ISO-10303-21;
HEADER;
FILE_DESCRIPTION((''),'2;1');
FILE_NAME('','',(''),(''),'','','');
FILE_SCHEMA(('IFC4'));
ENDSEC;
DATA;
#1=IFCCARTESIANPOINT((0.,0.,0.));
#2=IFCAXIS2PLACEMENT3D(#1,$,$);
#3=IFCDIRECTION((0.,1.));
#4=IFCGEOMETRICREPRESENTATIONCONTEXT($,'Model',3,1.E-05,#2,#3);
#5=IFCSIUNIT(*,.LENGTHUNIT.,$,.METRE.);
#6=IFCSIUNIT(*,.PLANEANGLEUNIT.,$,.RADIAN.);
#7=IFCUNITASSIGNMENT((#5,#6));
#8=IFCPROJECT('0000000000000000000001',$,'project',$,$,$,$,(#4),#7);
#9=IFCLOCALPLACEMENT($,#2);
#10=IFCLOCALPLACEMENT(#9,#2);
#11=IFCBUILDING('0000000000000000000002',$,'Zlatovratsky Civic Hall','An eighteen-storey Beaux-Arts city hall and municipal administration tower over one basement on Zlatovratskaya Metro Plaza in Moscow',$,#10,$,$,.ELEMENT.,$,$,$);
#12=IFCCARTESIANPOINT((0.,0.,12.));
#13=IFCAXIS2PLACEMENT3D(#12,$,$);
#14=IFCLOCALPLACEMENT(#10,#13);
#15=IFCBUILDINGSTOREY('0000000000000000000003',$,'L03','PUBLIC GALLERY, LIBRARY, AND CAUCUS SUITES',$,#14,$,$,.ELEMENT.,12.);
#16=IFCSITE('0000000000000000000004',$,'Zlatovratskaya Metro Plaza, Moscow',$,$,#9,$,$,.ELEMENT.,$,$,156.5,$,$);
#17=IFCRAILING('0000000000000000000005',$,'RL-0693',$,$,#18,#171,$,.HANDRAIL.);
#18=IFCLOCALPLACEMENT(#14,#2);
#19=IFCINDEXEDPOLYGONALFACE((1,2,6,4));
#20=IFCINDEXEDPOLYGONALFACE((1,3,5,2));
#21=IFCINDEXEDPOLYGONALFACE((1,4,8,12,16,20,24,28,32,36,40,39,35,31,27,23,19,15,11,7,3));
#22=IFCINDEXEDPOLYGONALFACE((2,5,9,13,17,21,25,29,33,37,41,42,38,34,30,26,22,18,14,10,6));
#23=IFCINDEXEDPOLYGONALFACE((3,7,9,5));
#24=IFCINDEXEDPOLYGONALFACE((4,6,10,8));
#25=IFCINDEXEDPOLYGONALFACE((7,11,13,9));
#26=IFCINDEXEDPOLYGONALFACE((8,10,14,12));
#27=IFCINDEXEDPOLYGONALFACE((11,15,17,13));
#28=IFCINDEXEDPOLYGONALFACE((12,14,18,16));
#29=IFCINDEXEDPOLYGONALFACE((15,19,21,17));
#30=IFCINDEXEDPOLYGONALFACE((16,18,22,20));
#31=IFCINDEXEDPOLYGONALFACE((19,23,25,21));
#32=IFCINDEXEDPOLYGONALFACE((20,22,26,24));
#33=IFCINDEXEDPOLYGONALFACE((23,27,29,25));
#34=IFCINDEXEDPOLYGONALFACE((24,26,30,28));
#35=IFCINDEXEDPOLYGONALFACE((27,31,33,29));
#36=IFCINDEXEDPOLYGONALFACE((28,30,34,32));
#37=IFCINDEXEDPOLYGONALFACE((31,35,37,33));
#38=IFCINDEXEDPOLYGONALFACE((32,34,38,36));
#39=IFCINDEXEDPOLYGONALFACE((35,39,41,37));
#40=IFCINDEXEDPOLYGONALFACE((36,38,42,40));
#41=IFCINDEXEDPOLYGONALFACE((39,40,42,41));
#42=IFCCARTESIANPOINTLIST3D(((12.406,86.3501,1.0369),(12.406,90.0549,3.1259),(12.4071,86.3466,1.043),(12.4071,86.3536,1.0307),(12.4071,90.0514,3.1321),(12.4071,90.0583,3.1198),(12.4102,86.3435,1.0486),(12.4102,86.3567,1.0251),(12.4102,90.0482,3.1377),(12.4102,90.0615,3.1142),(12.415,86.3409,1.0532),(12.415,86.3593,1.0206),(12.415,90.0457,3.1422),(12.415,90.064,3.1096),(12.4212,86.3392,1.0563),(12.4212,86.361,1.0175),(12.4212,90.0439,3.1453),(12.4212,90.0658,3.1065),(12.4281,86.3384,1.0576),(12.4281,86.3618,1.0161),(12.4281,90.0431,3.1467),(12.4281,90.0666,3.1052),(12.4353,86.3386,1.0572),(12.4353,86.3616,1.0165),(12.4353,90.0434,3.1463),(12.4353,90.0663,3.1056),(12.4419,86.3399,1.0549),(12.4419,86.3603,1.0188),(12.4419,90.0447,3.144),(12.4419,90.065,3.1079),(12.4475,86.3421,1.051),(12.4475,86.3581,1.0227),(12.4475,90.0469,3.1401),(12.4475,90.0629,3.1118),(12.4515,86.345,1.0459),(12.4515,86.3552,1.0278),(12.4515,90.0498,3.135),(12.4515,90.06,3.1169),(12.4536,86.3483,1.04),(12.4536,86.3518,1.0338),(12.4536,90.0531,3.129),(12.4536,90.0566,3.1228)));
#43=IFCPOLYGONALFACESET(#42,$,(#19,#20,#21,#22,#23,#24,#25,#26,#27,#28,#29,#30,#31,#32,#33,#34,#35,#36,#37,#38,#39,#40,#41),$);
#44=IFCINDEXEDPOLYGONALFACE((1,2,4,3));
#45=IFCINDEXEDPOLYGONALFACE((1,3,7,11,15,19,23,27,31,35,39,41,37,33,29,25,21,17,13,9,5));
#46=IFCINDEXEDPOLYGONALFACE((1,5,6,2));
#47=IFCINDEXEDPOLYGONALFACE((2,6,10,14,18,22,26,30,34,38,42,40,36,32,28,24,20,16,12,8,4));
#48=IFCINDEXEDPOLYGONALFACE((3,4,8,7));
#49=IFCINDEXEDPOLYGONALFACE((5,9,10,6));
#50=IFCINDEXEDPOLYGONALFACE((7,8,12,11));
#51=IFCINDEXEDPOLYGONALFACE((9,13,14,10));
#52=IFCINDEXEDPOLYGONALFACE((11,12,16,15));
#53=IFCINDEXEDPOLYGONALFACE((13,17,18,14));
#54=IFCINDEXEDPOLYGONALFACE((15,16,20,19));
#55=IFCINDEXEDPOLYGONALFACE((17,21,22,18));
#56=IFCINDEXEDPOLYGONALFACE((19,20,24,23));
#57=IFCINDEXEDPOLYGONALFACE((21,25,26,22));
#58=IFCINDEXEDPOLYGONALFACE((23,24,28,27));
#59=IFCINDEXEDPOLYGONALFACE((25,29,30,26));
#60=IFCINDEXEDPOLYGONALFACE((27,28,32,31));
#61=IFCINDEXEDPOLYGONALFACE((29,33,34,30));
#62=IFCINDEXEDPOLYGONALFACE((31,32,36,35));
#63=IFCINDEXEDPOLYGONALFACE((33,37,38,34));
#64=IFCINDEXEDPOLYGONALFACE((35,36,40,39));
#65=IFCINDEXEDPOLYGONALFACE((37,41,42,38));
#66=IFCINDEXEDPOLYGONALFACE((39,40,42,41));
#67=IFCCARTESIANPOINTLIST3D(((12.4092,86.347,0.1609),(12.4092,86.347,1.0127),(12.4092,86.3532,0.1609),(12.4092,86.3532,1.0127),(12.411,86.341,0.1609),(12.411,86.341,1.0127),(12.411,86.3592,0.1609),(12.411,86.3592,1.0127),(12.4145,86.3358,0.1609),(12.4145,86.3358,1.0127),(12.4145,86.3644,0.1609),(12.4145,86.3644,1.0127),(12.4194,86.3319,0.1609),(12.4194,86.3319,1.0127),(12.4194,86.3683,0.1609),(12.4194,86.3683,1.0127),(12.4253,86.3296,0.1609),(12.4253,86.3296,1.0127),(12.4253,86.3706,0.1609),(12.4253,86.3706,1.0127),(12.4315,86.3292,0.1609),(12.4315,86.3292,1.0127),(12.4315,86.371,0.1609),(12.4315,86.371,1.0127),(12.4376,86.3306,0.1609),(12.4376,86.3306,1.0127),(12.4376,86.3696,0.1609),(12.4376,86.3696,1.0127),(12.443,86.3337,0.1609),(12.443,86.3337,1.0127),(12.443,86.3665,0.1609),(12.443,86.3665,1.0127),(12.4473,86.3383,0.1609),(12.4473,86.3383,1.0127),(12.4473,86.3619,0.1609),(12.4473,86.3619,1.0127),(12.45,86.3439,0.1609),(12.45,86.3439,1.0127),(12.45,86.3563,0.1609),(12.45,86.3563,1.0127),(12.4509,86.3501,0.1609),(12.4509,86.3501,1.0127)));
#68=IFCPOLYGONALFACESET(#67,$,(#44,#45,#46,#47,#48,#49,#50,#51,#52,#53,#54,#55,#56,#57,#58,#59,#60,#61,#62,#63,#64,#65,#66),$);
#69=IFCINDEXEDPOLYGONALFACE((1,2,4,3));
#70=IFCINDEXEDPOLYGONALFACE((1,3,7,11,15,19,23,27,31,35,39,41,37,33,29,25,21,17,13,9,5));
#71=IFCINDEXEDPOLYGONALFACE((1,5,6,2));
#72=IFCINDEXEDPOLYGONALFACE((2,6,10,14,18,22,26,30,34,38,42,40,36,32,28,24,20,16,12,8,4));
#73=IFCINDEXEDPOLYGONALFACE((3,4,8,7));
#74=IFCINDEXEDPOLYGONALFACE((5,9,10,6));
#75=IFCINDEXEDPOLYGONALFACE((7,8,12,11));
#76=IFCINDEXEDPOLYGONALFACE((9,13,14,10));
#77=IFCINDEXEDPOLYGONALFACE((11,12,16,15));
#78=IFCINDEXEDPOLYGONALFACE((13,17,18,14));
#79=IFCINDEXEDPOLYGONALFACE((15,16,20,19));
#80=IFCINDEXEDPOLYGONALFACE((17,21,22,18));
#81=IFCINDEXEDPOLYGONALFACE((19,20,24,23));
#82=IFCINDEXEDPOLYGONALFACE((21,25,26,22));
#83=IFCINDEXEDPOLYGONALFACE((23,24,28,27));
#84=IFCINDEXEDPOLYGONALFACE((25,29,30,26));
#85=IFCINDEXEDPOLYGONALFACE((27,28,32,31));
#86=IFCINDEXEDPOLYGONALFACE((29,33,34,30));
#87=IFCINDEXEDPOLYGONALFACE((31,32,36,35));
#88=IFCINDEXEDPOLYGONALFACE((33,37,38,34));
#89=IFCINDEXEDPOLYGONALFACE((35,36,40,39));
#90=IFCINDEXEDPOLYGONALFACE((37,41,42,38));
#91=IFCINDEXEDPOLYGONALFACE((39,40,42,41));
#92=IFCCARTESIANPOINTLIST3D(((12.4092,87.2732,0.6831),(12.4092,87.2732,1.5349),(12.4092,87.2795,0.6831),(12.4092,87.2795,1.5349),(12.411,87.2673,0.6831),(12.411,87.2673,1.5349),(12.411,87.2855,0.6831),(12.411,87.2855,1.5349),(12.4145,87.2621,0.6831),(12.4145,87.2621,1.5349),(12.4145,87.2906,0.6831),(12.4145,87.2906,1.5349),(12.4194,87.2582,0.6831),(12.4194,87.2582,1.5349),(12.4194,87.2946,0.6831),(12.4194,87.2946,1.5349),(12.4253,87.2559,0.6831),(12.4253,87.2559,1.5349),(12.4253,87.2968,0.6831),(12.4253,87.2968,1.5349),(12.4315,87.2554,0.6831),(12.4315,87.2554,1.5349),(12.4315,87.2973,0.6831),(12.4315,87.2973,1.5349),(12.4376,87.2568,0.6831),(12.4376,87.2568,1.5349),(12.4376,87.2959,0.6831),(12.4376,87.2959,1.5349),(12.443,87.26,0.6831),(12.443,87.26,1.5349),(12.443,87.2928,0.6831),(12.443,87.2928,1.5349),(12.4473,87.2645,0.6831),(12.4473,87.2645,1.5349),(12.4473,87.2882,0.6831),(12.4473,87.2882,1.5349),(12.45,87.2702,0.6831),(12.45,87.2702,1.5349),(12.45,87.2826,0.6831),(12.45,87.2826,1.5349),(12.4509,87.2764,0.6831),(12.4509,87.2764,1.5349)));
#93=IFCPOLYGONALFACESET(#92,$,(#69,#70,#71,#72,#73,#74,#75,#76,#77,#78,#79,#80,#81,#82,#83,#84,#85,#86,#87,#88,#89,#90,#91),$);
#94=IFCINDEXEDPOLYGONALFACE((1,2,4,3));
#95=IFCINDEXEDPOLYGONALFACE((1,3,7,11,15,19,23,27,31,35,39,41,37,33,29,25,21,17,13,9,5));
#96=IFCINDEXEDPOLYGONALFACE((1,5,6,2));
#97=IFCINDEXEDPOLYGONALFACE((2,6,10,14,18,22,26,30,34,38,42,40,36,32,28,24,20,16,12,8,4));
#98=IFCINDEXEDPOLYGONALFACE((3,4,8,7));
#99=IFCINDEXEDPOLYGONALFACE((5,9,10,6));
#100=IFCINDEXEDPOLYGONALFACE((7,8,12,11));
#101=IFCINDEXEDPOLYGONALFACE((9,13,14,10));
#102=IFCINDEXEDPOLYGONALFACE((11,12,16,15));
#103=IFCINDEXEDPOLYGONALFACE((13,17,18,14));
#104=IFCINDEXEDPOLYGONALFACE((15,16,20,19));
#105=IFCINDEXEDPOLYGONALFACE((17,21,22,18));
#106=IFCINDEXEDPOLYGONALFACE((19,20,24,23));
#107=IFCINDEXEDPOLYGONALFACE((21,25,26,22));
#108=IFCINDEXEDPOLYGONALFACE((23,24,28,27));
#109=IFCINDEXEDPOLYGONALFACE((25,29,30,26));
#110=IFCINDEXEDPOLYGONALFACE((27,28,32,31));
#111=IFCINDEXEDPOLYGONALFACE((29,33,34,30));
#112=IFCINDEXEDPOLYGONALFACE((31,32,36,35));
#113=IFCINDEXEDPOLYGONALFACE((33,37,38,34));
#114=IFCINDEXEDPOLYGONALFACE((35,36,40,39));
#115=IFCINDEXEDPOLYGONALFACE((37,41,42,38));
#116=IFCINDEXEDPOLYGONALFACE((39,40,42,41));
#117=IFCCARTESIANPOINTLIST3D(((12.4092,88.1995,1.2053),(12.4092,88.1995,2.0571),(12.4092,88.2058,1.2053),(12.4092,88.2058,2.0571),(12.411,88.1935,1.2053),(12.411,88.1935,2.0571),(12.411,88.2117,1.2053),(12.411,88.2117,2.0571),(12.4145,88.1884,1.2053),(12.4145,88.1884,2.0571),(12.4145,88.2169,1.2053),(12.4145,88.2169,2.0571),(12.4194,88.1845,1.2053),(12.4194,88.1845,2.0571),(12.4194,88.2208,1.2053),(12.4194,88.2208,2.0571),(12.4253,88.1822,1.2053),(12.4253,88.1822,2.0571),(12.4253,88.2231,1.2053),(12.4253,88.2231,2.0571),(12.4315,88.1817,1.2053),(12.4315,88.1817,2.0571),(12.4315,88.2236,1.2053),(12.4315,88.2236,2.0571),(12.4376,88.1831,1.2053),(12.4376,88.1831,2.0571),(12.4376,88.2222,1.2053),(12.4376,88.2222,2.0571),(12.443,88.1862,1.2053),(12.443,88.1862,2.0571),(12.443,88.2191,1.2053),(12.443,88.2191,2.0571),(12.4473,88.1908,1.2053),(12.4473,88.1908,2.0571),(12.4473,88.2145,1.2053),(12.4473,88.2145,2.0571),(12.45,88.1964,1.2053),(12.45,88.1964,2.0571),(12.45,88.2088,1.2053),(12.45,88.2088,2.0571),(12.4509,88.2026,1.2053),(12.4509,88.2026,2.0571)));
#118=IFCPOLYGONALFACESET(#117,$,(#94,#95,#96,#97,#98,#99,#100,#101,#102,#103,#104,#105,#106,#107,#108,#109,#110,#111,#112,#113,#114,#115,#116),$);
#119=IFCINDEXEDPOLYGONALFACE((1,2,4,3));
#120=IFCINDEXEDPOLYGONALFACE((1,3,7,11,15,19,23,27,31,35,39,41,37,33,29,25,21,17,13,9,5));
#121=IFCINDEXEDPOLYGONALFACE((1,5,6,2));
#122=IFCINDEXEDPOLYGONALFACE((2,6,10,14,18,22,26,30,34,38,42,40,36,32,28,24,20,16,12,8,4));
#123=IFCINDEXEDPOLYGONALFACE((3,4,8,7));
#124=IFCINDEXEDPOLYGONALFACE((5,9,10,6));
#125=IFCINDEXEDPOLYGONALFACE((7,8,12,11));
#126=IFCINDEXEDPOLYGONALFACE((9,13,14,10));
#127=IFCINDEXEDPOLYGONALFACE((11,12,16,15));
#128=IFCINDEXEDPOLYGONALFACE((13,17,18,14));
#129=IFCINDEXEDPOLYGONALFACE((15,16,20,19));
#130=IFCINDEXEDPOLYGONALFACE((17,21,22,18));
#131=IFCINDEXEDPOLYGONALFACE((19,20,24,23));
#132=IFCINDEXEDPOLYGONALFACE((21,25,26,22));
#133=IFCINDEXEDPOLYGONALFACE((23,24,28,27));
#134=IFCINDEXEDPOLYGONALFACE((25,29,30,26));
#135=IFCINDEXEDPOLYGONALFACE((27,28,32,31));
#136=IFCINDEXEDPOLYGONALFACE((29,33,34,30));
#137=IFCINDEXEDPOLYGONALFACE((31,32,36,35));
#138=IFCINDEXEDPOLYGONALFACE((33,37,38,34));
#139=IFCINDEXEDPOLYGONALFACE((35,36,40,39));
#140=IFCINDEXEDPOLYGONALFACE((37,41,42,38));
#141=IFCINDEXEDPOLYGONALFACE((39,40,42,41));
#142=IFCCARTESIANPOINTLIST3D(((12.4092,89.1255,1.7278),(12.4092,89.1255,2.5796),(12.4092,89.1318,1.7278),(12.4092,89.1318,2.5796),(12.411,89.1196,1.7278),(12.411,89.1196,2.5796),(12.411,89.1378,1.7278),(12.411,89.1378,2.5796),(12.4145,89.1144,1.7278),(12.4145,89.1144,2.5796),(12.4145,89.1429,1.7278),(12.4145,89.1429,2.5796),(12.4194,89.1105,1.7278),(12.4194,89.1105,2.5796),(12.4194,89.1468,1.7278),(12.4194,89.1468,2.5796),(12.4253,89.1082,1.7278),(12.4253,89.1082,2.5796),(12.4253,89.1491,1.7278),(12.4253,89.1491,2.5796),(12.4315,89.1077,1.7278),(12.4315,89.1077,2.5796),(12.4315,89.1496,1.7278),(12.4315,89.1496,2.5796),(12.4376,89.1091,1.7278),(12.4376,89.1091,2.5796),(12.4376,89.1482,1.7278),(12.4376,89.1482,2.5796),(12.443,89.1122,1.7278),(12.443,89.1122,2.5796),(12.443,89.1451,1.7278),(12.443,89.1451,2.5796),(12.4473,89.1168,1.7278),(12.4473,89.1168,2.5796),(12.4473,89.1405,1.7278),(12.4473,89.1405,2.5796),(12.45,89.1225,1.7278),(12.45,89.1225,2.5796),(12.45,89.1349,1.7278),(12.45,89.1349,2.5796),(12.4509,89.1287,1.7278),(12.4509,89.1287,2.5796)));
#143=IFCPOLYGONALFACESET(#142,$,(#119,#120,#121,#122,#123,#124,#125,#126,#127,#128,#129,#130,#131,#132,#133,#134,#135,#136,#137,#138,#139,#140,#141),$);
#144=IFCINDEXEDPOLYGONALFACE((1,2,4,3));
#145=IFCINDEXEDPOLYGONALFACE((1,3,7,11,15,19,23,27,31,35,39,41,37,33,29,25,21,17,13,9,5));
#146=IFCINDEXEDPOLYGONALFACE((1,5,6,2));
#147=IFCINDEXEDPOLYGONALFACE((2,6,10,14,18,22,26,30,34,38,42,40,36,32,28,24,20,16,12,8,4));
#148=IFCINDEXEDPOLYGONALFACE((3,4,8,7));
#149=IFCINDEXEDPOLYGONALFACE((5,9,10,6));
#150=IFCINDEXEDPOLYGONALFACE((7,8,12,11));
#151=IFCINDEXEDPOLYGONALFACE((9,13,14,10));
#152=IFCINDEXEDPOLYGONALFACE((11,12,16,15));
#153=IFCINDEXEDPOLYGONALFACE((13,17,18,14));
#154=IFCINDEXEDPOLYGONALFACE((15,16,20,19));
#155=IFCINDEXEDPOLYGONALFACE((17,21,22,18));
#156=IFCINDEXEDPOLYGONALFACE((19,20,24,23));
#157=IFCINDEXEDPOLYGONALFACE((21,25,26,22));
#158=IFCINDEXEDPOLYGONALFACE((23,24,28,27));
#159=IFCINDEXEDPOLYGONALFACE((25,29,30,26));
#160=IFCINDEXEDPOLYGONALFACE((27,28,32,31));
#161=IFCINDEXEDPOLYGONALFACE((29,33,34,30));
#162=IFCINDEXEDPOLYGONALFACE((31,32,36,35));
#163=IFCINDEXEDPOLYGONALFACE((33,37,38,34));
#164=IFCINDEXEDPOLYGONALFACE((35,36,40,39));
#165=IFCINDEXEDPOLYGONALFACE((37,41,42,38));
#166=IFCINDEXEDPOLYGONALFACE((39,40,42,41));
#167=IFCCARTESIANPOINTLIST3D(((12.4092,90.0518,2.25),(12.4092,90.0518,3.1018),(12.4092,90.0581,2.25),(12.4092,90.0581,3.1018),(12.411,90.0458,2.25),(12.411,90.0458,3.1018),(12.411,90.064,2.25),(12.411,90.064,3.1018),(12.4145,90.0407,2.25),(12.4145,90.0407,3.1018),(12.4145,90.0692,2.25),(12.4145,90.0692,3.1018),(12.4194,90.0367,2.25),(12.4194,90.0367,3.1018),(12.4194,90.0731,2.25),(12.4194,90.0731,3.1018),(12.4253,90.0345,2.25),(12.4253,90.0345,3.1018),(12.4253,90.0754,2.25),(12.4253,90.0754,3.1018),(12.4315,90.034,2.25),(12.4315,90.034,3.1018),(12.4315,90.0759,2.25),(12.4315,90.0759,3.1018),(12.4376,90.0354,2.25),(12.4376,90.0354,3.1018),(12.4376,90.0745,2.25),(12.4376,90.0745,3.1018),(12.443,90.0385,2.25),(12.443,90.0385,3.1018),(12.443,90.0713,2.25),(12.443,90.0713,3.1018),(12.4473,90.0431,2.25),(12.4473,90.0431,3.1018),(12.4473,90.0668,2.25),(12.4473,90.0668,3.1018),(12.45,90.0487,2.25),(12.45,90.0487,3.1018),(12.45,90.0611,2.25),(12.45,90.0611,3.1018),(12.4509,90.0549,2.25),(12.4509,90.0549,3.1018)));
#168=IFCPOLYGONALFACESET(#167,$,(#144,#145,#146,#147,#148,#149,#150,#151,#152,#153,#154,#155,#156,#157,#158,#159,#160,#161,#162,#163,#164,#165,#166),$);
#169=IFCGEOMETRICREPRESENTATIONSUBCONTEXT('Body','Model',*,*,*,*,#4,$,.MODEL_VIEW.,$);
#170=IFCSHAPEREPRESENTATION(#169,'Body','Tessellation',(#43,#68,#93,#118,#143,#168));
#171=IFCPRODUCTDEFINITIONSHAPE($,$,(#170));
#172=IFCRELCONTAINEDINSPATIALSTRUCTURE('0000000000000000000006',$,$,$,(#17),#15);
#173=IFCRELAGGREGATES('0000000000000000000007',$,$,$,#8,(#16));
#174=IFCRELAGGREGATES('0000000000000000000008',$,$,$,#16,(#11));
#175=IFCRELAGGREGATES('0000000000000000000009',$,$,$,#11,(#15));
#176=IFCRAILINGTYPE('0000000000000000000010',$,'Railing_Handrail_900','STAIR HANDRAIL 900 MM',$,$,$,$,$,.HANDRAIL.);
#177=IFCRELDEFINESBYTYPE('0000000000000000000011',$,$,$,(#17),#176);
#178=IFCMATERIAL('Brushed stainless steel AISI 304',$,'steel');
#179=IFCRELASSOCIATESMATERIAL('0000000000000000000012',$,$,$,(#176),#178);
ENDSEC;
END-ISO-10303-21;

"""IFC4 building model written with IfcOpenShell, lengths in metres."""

from ifc_helpers import new_model, si_unit, direction, frame, origin, origin_2d, place, context, subcontext, project, spatial, circle, extrude, material, type_object, element, save


model = new_model("IFC4")

# Units and contexts
model_context = context("Model", 3, precision=1e-05, world=origin(), true_north=direction((0.0, 1.0)))
body_context = subcontext(model_context, "Body", "Model", "MODEL_VIEW")
ifc_project = project(units=[si_unit("LENGTHUNIT", "METRE"), si_unit("PLANEANGLEUNIT", "RADIAN")], contexts=[model_context])

# Site, building, storey
site_placement = place(None, origin())
site = spatial("IfcSite", under=ifc_project, at=site_placement, Name="Zlatovratskaya Metro Plaza, Moscow", CompositionType="ELEMENT", RefElevation=156.5)
building_placement = place(site_placement, origin())
building = spatial("IfcBuilding", under=site, at=building_placement, Name="Zlatovratsky Civic Hall", Description="An eighteen-storey Beaux-Arts city hall and municipal administration tower over one basement on Zlatovratskaya Metro Plaza in Moscow", CompositionType="ELEMENT")
storey_placement = place(building_placement, frame((0.0, 0.0, 12.0)))
storey = spatial("IfcBuildingStorey", under=building, at=storey_placement, Name="L03", Description="PUBLIC GALLERY, LIBRARY, AND CAUCUS SUITES", CompositionType="ELEMENT", Elevation=12.0)

# Railing
ifc_material_1 = material(Name="Brushed stainless steel AISI 304", Category="steel")
railing_type_1 = type_object("IfcRailingType", Name="Railing_Handrail_900", Description="STAIR HANDRAIL 900 MM", PredefinedType="HANDRAIL", material=ifc_material_1)
railing_1_placement = place(storey_placement, frame((12.4299, 86.3501, 0.1609)))
element("IfcRailing", 1, at=railing_1_placement, inside=storey, type_object=railing_type_1, Name="RL-0693", PredefinedType="HANDRAIL", context=body_context, shape_type="SweptSolid", body=[
    extrude(circle(Radius=0.0239, at=origin_2d()), frame((0.0, 0.0, 0.876), z_axis=(0.0, 0.871058, 0.491179), x_axis=(-1.0, 0.0, 0.0)), (0.0, 0.0, 1.0), 4.2532),
    extrude(circle(Radius=0.021, at=origin_2d()), origin(), (0.0, 0.0, 1.0), 0.8518),
    extrude(circle(Radius=0.021, at=origin_2d()), frame((0.0, 0.9263, 0.5222)), (0.0, 0.0, 1.0), 0.8518),
    extrude(circle(Radius=0.021, at=origin_2d()), frame((0.0, 1.8525, 1.0444)), (0.0, 0.0, 1.0), 0.8518),
    extrude(circle(Radius=0.021, at=origin_2d()), frame((0.0, 2.7786, 1.5669)), (0.0, 0.0, 1.0), 0.8518),
    extrude(circle(Radius=0.021, at=origin_2d()), frame((0.0, 3.7048, 2.0891)), (0.0, 0.0, 1.0), 0.8518),
])

save(model, "model.ifc")
